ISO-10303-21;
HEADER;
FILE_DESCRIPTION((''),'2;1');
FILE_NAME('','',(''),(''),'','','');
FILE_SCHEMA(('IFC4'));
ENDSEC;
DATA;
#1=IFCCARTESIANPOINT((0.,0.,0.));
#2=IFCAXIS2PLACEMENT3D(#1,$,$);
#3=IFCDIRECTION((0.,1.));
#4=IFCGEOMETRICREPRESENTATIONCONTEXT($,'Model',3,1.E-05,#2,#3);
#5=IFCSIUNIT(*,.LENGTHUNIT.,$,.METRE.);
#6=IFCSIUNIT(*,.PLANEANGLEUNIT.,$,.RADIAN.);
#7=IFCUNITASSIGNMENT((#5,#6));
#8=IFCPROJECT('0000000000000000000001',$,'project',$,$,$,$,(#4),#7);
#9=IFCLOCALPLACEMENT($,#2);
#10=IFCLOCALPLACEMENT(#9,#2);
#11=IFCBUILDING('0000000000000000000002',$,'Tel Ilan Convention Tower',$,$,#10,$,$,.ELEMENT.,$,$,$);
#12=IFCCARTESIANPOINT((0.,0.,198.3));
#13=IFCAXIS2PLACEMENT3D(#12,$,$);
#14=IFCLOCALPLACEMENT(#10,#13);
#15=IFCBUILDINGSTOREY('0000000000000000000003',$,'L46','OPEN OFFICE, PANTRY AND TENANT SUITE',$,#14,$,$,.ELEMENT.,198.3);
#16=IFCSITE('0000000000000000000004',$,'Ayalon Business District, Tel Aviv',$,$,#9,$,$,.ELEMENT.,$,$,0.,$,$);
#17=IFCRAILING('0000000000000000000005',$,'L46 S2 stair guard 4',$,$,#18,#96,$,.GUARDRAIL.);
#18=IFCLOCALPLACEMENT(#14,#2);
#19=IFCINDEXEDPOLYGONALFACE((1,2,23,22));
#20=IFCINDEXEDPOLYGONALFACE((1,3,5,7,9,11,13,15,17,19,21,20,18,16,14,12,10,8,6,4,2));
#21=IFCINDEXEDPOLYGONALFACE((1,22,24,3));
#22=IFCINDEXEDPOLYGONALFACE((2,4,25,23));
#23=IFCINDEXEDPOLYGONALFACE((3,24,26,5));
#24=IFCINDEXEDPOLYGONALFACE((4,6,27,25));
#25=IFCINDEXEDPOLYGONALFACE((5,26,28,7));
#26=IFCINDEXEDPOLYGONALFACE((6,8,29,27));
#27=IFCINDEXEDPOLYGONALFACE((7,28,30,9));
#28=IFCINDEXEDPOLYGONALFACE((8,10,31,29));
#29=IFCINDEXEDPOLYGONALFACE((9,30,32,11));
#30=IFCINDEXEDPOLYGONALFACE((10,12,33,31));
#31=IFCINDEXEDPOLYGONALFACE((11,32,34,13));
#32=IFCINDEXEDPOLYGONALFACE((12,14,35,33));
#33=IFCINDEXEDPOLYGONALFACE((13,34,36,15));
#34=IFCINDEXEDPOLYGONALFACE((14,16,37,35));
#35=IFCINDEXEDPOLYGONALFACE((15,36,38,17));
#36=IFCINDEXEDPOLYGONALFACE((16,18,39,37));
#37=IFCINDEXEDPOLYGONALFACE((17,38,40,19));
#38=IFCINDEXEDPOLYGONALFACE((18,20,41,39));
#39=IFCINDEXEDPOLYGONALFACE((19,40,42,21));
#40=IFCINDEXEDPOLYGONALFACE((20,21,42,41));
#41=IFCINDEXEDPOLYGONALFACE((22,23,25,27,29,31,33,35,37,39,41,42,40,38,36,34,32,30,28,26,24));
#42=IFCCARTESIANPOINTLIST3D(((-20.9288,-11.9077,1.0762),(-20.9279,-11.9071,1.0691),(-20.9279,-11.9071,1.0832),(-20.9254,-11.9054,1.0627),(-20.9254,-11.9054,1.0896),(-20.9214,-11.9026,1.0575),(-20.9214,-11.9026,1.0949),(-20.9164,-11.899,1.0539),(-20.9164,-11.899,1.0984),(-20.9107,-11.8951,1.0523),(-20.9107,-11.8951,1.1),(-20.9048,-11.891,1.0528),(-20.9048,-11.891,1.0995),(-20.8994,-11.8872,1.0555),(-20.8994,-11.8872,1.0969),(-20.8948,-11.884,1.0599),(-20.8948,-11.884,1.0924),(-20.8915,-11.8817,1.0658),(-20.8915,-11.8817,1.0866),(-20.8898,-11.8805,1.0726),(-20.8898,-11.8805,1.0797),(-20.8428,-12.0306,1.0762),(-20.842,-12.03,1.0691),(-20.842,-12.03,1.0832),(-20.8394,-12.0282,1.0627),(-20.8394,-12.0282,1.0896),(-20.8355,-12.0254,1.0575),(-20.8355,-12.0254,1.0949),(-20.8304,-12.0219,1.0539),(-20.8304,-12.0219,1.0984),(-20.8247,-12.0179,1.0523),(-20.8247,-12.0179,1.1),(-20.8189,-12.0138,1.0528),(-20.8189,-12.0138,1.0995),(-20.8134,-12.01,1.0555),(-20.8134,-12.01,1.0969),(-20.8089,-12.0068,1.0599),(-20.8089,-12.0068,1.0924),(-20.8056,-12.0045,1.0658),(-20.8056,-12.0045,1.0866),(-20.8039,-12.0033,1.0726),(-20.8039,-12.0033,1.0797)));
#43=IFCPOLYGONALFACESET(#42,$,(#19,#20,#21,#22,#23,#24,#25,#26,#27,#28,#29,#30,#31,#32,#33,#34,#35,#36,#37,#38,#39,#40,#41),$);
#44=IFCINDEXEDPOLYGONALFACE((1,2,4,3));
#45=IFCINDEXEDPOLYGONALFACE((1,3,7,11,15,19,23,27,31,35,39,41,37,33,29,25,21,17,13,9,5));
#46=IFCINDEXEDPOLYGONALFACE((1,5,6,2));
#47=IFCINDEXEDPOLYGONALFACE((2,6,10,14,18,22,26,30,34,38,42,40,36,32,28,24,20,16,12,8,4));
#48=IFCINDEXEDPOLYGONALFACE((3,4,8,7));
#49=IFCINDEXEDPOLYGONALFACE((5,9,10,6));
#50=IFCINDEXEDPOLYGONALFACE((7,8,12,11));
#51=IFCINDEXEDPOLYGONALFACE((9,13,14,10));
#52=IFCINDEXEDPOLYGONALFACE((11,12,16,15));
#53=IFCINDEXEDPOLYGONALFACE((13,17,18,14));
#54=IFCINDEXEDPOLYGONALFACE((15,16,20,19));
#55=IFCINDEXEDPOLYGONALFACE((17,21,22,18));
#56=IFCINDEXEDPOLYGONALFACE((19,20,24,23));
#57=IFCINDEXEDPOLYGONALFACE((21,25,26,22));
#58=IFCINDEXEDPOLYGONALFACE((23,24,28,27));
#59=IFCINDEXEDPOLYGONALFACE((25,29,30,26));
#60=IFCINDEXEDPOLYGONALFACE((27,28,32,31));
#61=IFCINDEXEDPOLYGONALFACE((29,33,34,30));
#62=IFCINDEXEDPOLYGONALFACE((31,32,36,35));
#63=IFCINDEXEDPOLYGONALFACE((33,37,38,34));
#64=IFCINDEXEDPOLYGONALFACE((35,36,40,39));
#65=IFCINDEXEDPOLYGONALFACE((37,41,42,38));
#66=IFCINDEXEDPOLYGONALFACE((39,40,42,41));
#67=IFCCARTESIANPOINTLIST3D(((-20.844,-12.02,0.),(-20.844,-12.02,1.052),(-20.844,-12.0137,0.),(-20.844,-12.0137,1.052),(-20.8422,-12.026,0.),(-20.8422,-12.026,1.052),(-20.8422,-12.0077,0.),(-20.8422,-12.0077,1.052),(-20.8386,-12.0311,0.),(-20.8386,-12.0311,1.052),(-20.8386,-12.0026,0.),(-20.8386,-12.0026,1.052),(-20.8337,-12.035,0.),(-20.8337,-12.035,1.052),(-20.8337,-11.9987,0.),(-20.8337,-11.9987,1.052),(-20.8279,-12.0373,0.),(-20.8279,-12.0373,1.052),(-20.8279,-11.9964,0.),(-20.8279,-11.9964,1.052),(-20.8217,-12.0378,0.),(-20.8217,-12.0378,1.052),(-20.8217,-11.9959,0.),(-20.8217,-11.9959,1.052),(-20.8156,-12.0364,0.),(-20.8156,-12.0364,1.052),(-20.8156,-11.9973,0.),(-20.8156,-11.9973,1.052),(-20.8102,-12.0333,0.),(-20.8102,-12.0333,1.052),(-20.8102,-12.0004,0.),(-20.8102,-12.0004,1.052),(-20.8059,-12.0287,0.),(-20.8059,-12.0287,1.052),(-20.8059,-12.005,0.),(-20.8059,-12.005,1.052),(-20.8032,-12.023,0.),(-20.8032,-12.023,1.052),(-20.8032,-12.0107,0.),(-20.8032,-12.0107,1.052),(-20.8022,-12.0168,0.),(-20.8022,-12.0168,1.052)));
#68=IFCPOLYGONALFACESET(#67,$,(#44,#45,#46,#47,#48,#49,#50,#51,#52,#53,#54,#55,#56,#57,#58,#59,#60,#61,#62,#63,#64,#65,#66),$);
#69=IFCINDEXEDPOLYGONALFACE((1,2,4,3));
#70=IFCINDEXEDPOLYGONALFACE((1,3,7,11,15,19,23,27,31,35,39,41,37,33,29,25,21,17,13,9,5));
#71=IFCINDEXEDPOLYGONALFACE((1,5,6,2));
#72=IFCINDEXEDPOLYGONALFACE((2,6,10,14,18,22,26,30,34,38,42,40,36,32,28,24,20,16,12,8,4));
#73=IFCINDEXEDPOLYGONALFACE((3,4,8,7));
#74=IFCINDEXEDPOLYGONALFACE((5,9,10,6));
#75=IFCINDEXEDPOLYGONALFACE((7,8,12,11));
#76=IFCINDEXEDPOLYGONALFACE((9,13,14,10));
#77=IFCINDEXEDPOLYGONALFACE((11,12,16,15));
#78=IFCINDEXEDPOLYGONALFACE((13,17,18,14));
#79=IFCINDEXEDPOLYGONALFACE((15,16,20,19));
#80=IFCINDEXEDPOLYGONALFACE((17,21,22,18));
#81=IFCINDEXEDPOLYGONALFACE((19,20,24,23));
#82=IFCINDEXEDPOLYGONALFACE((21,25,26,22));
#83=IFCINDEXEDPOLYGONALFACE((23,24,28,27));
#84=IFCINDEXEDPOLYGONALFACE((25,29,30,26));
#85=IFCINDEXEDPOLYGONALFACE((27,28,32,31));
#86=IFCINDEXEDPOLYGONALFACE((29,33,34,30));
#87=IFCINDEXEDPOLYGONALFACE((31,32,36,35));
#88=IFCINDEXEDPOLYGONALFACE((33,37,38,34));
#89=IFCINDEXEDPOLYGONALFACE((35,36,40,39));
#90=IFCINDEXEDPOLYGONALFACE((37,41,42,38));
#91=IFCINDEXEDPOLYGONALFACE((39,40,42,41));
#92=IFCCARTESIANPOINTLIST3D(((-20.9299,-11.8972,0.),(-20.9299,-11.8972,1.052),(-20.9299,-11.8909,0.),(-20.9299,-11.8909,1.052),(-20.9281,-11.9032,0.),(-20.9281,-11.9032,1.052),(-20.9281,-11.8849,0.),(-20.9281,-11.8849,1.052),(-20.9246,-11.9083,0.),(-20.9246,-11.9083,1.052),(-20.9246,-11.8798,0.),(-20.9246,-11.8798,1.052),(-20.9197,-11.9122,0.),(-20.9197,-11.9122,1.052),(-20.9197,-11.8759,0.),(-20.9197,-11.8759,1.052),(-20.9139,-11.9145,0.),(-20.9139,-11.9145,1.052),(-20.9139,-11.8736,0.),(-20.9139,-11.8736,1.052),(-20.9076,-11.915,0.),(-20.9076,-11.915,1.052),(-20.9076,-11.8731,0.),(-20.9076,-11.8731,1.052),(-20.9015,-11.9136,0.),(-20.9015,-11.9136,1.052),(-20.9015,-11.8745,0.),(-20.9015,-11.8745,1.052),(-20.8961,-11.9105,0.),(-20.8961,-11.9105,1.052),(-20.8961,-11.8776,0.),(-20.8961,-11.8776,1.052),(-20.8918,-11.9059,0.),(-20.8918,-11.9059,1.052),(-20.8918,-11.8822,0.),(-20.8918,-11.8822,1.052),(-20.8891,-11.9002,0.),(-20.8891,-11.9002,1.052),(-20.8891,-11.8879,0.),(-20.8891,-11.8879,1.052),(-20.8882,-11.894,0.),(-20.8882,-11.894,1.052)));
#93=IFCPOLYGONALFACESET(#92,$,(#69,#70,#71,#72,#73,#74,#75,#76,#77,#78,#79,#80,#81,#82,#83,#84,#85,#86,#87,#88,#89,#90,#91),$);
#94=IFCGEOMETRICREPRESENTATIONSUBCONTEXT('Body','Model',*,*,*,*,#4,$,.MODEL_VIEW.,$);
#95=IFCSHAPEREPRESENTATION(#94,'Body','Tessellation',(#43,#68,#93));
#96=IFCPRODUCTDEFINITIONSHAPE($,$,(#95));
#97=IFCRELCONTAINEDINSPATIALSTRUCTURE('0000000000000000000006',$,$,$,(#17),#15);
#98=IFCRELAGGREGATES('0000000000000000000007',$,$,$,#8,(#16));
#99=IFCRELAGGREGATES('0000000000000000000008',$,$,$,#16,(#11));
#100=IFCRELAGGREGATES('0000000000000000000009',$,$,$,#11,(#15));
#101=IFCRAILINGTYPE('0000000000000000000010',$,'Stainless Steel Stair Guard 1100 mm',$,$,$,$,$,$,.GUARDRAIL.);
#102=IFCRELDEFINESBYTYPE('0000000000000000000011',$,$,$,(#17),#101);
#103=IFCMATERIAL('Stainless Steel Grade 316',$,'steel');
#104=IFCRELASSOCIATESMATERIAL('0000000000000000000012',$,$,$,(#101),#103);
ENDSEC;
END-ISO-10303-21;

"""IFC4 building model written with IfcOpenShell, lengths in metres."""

from ifc_helpers import new_model, si_unit, direction, frame, origin, origin_2d, place, context, subcontext, project, spatial, circle, extrude, material, type_object, element, save


model = new_model("IFC4")

# Units and contexts
model_context = context("Model", 3, precision=1e-05, world=origin(), true_north=direction((0.0, 1.0)))
body_context = subcontext(model_context, "Body", "Model", "MODEL_VIEW")
ifc_project = project(units=[si_unit("LENGTHUNIT", "METRE"), si_unit("PLANEANGLEUNIT", "RADIAN")], contexts=[model_context])

# Site, building, storey
site_placement = place(None, origin())
site = spatial("IfcSite", under=ifc_project, at=site_placement, Name="Ayalon Business District, Tel Aviv", CompositionType="ELEMENT", RefElevation=0.0)
building_placement = place(site_placement, origin())
building = spatial("IfcBuilding", under=site, at=building_placement, Name="Tel Ilan Convention Tower", CompositionType="ELEMENT")
storey_placement = place(building_placement, frame((0.0, 0.0, 198.3)))
storey = spatial("IfcBuildingStorey", under=building, at=storey_placement, Name="L46", Description="OPEN OFFICE, PANTRY AND TENANT SUITE", CompositionType="ELEMENT", Elevation=198.3)

# Railing
ifc_material_1 = material(Name="Stainless Steel Grade 316", Category="steel")
railing_type_1 = type_object("IfcRailingType", Name="Stainless Steel Stair Guard 1100 mm", PredefinedType="GUARDRAIL", material=ifc_material_1)
railing_1_placement = place(storey_placement, frame((-20.8232, -12.0168, 0.0)))
element("IfcRailing", 1, at=railing_1_placement, inside=storey, type_object=railing_type_1, Name="L46 S2 stair guard 4", PredefinedType="GUARDRAIL", context=body_context, shape_type="SweptSolid", body=[
    extrude(circle(Radius=0.0239, at=origin_2d()), frame((0.0, 0.0, 1.0762), z_axis=(-0.573353, 0.819308, 0.0), x_axis=(-0.819308, -0.573353, 0.0)), (0.0, 0.0, 1.0), 0.1499),
    extrude(circle(Radius=0.021, at=origin_2d()), origin(), (0.0, 0.0, 1.0), 1.052),
    extrude(circle(Radius=0.021, at=origin_2d()), frame((-0.0859, 0.1228, 0.0)), (0.0, 0.0, 1.0), 1.052),
])

save(model, "model.ifc")
